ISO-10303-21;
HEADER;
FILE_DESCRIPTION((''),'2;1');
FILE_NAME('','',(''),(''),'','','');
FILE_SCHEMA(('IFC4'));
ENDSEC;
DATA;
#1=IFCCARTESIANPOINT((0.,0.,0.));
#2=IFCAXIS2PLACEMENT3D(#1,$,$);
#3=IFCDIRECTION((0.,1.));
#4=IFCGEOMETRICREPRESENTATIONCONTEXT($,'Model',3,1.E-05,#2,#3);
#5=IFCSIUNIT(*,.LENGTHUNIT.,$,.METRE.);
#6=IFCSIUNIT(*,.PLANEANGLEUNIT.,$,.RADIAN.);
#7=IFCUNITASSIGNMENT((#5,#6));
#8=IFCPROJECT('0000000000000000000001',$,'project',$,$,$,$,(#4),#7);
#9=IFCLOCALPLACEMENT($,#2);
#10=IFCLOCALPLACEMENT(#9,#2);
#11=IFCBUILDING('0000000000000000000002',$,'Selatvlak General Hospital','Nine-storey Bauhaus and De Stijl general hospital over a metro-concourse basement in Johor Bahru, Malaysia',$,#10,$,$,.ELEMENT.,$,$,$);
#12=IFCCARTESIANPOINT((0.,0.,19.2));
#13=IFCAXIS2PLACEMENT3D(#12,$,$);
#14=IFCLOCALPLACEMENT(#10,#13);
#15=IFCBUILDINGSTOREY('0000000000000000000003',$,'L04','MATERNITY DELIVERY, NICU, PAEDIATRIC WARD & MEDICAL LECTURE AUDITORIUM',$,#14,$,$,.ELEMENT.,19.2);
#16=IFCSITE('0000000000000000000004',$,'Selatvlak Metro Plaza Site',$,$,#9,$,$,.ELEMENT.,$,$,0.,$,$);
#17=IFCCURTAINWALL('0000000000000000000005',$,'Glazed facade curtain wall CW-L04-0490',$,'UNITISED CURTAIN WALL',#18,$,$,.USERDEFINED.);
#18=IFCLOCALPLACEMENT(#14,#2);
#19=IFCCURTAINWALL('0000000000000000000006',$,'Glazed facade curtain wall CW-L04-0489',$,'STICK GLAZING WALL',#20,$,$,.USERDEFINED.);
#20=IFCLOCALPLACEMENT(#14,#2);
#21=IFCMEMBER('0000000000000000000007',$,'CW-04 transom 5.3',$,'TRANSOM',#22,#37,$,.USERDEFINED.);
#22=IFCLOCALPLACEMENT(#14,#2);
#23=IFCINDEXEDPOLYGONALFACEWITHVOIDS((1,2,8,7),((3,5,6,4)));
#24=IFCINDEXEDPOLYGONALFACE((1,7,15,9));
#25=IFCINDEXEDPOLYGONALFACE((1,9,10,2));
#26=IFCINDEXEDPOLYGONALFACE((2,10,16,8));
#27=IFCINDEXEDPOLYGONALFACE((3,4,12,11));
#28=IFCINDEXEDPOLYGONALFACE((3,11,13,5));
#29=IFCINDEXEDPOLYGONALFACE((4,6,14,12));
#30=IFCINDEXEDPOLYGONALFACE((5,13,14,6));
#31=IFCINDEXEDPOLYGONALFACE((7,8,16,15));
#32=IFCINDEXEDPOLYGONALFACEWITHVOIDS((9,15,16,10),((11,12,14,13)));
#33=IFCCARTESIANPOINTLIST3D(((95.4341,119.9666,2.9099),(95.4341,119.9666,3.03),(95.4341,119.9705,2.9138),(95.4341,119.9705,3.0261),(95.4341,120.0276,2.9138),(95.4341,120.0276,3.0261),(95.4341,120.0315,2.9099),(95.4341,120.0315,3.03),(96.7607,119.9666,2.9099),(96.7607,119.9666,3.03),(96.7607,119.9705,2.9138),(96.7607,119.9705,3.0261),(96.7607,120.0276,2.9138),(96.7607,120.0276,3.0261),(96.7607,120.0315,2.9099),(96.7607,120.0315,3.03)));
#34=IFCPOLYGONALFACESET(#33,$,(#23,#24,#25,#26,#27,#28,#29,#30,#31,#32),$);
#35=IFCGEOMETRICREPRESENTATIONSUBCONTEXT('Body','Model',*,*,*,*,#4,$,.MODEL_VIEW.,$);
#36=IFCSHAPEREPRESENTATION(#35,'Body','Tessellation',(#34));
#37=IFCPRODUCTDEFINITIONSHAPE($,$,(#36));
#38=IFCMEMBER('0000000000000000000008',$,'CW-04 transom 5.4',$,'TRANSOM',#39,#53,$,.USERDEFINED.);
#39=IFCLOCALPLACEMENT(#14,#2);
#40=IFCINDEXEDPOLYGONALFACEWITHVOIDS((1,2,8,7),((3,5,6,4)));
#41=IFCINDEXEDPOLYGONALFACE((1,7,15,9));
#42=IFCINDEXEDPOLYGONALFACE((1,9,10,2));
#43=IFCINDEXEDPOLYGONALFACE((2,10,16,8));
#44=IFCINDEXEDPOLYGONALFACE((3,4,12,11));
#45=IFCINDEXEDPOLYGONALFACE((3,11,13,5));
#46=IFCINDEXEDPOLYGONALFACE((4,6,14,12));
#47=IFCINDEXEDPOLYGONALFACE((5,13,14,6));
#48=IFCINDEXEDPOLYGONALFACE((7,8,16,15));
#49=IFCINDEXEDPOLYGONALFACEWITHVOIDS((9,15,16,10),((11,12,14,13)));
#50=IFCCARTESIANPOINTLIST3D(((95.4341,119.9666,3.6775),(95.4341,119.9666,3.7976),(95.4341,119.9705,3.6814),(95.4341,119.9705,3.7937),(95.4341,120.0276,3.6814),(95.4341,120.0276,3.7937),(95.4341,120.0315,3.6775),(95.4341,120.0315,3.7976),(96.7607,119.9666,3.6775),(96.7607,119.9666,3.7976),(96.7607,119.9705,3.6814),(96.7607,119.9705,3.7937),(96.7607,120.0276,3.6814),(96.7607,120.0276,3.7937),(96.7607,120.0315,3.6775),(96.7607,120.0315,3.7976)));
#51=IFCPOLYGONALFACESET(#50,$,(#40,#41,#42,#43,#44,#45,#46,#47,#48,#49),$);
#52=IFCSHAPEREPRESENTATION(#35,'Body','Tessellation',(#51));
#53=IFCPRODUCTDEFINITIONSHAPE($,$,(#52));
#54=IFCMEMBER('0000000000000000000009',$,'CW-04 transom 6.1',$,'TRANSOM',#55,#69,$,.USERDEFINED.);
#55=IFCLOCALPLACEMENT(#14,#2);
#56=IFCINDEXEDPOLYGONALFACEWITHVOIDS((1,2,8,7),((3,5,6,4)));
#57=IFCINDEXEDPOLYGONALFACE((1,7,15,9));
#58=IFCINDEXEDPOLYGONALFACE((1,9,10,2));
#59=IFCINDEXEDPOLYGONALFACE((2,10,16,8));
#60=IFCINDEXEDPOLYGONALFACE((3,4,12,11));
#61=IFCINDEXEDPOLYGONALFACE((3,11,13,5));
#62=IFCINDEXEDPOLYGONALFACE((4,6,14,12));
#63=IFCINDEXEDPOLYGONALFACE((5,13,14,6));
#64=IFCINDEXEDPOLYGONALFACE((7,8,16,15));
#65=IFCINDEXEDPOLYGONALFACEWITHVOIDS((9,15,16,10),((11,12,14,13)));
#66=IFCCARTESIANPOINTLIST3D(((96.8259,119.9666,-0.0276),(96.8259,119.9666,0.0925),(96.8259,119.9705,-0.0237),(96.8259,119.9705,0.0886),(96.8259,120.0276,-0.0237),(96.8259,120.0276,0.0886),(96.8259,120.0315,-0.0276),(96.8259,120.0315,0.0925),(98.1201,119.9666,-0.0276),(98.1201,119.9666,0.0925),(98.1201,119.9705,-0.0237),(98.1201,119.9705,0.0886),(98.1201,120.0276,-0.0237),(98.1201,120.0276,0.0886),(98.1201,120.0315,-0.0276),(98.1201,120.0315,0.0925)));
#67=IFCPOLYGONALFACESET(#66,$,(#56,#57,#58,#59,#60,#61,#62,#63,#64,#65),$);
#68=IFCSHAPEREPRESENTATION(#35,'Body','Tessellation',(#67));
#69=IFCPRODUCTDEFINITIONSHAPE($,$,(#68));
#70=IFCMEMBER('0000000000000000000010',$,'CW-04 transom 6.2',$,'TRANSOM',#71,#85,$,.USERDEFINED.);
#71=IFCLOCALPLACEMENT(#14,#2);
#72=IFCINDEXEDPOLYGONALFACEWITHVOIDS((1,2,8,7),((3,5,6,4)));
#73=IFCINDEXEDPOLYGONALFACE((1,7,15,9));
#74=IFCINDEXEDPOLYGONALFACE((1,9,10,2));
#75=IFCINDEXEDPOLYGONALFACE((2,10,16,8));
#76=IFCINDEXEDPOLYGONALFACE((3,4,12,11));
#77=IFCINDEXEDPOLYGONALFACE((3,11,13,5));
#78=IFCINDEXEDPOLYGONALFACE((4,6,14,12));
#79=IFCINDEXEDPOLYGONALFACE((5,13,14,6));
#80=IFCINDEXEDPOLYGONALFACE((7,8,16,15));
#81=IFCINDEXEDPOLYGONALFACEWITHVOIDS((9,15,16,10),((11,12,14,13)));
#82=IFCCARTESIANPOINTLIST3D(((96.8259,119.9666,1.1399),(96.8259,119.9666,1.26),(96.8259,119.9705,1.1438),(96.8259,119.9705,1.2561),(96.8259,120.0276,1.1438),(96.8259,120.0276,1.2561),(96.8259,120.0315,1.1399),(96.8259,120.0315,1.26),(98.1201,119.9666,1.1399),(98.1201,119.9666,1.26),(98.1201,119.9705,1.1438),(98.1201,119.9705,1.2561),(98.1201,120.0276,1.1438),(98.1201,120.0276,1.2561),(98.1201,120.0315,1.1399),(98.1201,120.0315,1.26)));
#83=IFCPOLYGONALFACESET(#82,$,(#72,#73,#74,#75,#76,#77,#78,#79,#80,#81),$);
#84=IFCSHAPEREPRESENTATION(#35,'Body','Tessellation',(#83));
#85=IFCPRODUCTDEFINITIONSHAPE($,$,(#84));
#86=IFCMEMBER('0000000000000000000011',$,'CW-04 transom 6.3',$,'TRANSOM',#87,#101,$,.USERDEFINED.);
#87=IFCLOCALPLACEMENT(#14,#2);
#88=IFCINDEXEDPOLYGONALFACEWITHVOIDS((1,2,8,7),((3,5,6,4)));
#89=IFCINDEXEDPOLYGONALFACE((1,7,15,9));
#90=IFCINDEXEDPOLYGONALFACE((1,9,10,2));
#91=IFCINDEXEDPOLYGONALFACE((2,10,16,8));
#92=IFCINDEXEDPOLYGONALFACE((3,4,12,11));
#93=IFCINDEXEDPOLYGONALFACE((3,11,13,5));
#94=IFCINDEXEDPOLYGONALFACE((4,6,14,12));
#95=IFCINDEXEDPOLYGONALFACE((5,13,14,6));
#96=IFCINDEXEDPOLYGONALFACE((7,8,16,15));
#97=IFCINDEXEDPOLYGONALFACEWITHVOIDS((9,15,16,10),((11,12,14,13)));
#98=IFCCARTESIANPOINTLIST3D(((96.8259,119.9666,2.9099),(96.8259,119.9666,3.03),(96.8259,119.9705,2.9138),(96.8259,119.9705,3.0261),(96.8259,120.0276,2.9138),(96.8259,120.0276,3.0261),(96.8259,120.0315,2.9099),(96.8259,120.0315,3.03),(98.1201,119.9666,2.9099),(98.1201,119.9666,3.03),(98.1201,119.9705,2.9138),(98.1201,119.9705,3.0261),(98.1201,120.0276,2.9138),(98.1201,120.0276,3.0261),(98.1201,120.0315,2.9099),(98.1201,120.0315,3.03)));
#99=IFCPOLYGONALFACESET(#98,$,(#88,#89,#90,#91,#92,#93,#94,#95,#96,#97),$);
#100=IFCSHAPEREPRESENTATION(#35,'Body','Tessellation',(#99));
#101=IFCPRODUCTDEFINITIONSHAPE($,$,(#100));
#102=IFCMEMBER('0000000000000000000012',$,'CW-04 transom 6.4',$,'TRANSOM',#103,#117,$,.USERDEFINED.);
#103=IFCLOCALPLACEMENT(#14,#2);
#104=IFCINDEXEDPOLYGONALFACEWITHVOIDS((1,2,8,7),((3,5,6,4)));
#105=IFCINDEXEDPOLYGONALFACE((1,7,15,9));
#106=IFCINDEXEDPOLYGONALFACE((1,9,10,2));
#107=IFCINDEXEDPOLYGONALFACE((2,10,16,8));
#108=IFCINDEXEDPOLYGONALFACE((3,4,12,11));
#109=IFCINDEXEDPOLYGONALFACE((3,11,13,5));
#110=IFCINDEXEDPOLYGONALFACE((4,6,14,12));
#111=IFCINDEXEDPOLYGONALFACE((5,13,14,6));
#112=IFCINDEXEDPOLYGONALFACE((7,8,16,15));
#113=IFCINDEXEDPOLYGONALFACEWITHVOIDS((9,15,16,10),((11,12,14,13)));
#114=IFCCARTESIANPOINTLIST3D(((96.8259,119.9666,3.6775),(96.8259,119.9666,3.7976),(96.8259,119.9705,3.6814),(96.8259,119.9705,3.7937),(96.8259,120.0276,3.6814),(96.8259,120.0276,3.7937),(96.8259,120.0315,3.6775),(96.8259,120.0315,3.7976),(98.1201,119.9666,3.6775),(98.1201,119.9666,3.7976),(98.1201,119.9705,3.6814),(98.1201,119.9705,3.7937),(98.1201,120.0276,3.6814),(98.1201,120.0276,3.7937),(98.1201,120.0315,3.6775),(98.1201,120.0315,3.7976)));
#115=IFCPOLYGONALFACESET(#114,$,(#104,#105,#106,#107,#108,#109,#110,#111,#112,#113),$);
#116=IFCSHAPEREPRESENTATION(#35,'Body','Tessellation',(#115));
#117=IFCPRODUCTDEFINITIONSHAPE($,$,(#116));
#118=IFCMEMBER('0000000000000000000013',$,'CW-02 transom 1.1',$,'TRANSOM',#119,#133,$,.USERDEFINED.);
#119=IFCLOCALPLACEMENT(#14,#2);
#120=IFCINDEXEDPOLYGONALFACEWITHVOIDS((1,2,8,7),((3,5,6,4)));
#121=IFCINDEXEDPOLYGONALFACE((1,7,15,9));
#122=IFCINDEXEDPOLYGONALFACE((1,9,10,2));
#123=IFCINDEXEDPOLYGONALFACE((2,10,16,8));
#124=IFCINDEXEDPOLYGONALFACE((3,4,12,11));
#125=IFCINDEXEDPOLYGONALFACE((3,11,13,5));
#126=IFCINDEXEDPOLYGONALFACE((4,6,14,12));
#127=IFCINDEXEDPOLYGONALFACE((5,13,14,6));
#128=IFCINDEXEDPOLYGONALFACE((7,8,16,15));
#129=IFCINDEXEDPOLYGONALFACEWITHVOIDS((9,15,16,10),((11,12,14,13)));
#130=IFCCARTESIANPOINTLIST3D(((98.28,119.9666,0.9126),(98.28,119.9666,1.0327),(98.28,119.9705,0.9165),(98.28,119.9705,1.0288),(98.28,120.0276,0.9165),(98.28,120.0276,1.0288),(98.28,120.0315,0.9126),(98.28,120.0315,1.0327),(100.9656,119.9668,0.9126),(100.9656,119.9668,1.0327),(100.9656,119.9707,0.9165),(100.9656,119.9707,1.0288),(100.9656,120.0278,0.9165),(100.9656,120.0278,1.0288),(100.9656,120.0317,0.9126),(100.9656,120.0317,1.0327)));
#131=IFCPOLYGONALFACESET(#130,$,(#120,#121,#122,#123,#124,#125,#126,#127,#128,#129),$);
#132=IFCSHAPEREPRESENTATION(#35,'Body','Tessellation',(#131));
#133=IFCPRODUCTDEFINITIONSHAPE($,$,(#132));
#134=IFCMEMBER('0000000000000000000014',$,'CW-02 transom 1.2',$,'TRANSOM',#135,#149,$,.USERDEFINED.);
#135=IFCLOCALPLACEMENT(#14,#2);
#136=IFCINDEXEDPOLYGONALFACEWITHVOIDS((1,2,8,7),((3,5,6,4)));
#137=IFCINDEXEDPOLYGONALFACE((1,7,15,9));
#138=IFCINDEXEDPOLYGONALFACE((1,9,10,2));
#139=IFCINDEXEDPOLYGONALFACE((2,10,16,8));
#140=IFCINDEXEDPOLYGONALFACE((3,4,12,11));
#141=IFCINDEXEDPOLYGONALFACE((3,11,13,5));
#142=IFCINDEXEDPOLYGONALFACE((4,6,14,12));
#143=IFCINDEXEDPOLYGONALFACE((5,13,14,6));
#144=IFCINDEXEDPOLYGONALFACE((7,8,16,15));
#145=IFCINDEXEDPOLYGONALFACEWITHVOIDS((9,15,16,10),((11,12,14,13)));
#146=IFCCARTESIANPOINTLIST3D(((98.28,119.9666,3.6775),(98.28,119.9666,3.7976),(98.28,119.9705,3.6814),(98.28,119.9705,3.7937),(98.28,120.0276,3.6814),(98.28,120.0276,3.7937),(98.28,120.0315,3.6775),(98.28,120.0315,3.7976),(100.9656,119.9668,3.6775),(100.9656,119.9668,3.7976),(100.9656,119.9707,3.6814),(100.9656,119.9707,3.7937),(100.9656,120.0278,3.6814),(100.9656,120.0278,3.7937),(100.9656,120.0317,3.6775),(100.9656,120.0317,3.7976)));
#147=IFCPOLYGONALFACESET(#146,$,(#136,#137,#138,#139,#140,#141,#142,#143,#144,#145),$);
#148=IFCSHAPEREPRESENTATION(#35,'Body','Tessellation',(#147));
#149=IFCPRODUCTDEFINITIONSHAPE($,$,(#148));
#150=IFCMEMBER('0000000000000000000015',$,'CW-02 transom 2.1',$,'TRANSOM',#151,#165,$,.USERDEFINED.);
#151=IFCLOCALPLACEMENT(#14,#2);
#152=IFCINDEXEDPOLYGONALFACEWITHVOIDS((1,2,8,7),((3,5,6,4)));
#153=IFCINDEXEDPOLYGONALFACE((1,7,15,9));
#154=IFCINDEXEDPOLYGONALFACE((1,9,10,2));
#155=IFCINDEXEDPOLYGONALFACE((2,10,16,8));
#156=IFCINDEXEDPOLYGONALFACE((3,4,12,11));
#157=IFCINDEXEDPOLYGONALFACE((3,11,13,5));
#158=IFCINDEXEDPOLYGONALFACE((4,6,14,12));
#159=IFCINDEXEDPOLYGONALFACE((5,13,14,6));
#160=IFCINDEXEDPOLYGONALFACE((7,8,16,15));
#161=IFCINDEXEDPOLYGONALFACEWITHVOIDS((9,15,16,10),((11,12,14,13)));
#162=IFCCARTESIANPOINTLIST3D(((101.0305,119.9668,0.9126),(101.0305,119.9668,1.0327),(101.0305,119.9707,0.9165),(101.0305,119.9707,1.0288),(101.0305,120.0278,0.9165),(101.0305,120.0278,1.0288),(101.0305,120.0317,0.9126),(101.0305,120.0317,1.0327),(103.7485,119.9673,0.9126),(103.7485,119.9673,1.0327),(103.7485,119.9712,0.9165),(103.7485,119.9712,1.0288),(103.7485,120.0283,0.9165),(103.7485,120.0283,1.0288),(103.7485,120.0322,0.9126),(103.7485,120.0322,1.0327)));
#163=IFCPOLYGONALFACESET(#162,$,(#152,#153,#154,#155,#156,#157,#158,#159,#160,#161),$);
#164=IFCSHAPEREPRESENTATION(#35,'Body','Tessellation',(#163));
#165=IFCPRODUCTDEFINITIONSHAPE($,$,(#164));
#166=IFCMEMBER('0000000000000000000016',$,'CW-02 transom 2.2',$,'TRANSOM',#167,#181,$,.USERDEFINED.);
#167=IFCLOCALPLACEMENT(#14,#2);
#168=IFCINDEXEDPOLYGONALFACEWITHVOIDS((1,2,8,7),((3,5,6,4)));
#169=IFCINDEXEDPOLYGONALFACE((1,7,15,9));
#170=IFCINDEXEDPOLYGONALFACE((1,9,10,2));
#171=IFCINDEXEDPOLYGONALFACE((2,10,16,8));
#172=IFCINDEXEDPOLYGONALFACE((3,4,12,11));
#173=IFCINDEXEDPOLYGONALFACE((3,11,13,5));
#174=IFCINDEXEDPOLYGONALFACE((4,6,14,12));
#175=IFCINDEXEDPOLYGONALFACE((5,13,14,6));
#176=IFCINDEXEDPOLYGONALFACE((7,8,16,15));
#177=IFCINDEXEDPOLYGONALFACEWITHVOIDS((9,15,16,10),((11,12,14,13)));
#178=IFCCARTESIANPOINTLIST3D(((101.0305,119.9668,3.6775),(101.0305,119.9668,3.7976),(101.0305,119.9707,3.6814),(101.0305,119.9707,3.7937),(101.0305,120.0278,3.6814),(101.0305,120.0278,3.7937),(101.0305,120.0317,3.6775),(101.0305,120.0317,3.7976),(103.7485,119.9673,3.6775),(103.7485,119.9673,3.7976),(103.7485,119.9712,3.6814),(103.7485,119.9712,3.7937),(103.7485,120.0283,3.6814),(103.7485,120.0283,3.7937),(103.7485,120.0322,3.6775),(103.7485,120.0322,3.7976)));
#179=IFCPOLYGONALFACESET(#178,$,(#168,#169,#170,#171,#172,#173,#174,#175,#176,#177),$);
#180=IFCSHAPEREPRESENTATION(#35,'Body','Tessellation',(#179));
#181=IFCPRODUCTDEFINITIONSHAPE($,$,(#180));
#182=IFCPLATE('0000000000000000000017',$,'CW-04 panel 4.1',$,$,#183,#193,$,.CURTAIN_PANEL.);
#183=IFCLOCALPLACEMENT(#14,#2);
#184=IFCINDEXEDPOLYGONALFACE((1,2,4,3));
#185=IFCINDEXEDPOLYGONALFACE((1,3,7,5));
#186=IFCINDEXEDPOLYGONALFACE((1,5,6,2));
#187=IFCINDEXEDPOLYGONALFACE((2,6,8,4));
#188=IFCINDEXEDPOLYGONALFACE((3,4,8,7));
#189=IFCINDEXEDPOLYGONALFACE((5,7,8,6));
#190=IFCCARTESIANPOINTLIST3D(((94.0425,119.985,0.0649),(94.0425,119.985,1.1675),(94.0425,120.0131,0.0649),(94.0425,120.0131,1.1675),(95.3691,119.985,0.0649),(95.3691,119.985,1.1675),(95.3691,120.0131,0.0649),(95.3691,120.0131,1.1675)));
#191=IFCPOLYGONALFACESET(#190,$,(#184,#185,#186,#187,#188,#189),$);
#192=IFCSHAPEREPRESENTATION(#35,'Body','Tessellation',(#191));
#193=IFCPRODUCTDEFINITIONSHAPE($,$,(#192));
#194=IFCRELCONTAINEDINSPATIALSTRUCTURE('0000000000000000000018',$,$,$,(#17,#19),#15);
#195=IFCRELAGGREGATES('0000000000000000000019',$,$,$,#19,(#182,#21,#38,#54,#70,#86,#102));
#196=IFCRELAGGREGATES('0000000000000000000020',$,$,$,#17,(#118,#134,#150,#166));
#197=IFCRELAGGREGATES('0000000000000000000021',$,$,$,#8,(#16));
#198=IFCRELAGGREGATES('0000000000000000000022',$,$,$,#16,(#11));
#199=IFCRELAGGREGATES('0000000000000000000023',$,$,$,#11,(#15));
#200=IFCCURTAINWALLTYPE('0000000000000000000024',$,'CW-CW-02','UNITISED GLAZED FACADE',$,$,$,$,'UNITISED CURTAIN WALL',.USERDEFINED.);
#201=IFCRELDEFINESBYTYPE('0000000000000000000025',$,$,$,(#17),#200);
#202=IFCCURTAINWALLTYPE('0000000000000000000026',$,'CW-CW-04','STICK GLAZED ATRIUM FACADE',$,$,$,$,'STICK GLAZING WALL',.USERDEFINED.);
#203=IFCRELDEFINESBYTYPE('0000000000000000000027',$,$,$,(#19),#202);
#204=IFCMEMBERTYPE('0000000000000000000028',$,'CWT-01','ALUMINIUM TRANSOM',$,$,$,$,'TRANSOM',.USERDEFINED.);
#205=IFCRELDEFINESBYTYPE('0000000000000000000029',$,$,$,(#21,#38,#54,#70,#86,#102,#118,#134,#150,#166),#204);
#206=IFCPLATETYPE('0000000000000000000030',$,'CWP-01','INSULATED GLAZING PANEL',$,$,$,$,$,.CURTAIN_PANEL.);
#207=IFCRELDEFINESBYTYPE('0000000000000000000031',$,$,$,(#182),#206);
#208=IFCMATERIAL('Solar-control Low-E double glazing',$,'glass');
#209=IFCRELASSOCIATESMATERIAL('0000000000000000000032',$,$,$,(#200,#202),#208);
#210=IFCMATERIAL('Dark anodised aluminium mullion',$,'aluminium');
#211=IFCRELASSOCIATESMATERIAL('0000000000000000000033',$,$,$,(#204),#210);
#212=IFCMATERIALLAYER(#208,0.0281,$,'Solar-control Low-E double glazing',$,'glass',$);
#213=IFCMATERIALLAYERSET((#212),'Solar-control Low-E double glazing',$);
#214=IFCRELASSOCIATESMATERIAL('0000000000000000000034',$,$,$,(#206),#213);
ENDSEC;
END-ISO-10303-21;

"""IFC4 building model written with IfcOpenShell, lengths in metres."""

from ifc_helpers import new_model, si_unit, direction, frame, origin, origin_2d, place, context, subcontext, project, spatial, rectangle, hollow_rectangle, extrude, material, layer, layer_set, material_profile, profile_set, type_object, element, aggregate, save


model = new_model("IFC4")

# Units and contexts
model_context = context("Model", 3, precision=1e-05, world=origin(), true_north=direction((0.0, 1.0)))
body_context = subcontext(model_context, "Body", "Model", "MODEL_VIEW")
ifc_project = project(units=[si_unit("LENGTHUNIT", "METRE"), si_unit("PLANEANGLEUNIT", "RADIAN")], contexts=[model_context])

# Site, building, storey
site_placement = place(None, origin())
site = spatial("IfcSite", under=ifc_project, at=site_placement, Name="Selatvlak Metro Plaza Site", CompositionType="ELEMENT", RefElevation=0.0)
building_placement = place(site_placement, origin())
building = spatial("IfcBuilding", under=site, at=building_placement, Name="Selatvlak General Hospital", Description="Nine-storey Bauhaus and De Stijl general hospital over a metro-concourse basement in Johor Bahru, Malaysia", CompositionType="ELEMENT")
storey_placement = place(building_placement, frame((0.0, 0.0, 19.2)))
storey = spatial("IfcBuildingStorey", under=building, at=storey_placement, Name="L04", Description="MATERNITY DELIVERY, NICU, PAEDIATRIC WARD & MEDICAL LECTURE AUDITORIUM", CompositionType="ELEMENT", Elevation=19.2)

# Curtain walls, members
ifc_material_1 = material(Name="Solar-control Low-E double glazing", Category="glass")
curtain_wall_type_1 = type_object("IfcCurtainWallType", Name="CW-CW-02", Description="UNITISED GLAZED FACADE", ElementType="UNITISED CURTAIN WALL", PredefinedType="USERDEFINED", material=ifc_material_1)
curtain_wall_1_placement = place(storey_placement, origin())
curtain_wall_1 = element("IfcCurtainWall", 1, at=curtain_wall_1_placement, inside=storey, type_object=curtain_wall_type_1, Name="Glazed facade curtain wall CW-L04-0490", ObjectType="UNITISED CURTAIN WALL", PredefinedType="USERDEFINED")
ifc_material_2 = material(Name="Dark anodised aluminium mullion", Category="aluminium")
curtain_wall_type_2 = type_object("IfcCurtainWallType", Name="CW-CW-04", Description="STICK GLAZED ATRIUM FACADE", ElementType="STICK GLAZING WALL", PredefinedType="USERDEFINED", material=ifc_material_1)
curtain_wall_2_placement = place(storey_placement, origin())
curtain_wall_2 = element("IfcCurtainWall", 2, at=curtain_wall_2_placement, inside=storey, type_object=curtain_wall_type_2, Name="Glazed facade curtain wall CW-L04-0489", ObjectType="STICK GLAZING WALL", PredefinedType="USERDEFINED")
ifc_material_profile_1 = material_profile(ifc_material_2, hollow_rectangle(XDim=0.0649, YDim=0.1201, WallThickness=0.0039, at=origin_2d()), Name="AL-TRN 65x120x4")
ifc_profile_set_1 = profile_set([ifc_material_profile_1], Name="Dark anodised aluminium mullion")
member_type_1 = type_object("IfcMemberType", Name="CWT-01", Description="ALUMINIUM TRANSOM", ElementType="TRANSOM", PredefinedType="USERDEFINED", material=ifc_profile_set_1)
member_1_placement = place(storey_placement, frame((95.4341, 119.999, 2.97), z_axis=(1.0, 0.0, 0.0), x_axis=(0.0, 1.0, 0.0)))
member_1 = element("IfcMember", 3, at=member_1_placement, type_object=member_type_1, Name="CW-04 transom 5.3", ObjectType="TRANSOM", PredefinedType="USERDEFINED", context=body_context, shape_type="SweptSolid", body=[
    extrude(hollow_rectangle(XDim=0.0649, YDim=0.1201, WallThickness=0.0039, at=origin_2d()), origin(), (0.0, 0.0, 1.0), 1.3267),
])
member_2_placement = place(storey_placement, frame((95.4341, 119.999, 3.7375), z_axis=(1.0, 0.0, 0.0), x_axis=(0.0, 1.0, 0.0)))
member_2 = element("IfcMember", 4, at=member_2_placement, type_object=member_type_1, Name="CW-04 transom 5.4", ObjectType="TRANSOM", PredefinedType="USERDEFINED", context=body_context, shape_type="SweptSolid", body=[
    extrude(hollow_rectangle(XDim=0.0649, YDim=0.1201, WallThickness=0.0039, at=origin_2d()), origin(), (0.0, 0.0, 1.0), 1.3267),
])
member_3_placement = place(storey_placement, frame((96.8259, 119.999, 0.0325), z_axis=(1.0, 0.0, 0.0), x_axis=(0.0, 1.0, 0.0)))
member_3 = element("IfcMember", 5, at=member_3_placement, type_object=member_type_1, Name="CW-04 transom 6.1", ObjectType="TRANSOM", PredefinedType="USERDEFINED", context=body_context, shape_type="SweptSolid", body=[
    extrude(hollow_rectangle(XDim=0.0649, YDim=0.1201, WallThickness=0.0039, at=origin_2d()), origin(), (0.0, 0.0, 1.0), 1.2942),
])
member_4_placement = place(storey_placement, frame((96.8259, 119.999, 1.2), z_axis=(1.0, 0.0, 0.0), x_axis=(0.0, 1.0, 0.0)))
member_4 = element("IfcMember", 6, at=member_4_placement, type_object=member_type_1, Name="CW-04 transom 6.2", ObjectType="TRANSOM", PredefinedType="USERDEFINED", context=body_context, shape_type="SweptSolid", body=[
    extrude(hollow_rectangle(XDim=0.0649, YDim=0.1201, WallThickness=0.0039, at=origin_2d()), origin(), (0.0, 0.0, 1.0), 1.2942),
])
member_5_placement = place(storey_placement, frame((96.8259, 119.999, 2.97), z_axis=(1.0, 0.0, 0.0), x_axis=(0.0, 1.0, 0.0)))
member_5 = element("IfcMember", 7, at=member_5_placement, type_object=member_type_1, Name="CW-04 transom 6.3", ObjectType="TRANSOM", PredefinedType="USERDEFINED", context=body_context, shape_type="SweptSolid", body=[
    extrude(hollow_rectangle(XDim=0.0649, YDim=0.1201, WallThickness=0.0039, at=origin_2d()), origin(), (0.0, 0.0, 1.0), 1.2942),
])
member_6_placement = place(storey_placement, frame((96.8259, 119.999, 3.7375), z_axis=(1.0, 0.0, 0.0), x_axis=(0.0, 1.0, 0.0)))
member_6 = element("IfcMember", 8, at=member_6_placement, type_object=member_type_1, Name="CW-04 transom 6.4", ObjectType="TRANSOM", PredefinedType="USERDEFINED", context=body_context, shape_type="SweptSolid", body=[
    extrude(hollow_rectangle(XDim=0.0649, YDim=0.1201, WallThickness=0.0039, at=origin_2d()), origin(), (0.0, 0.0, 1.0), 1.2942),
])

# Members
member_7_placement = place(storey_placement, frame((98.28, 119.999, 0.9727), z_axis=(1.0, 0.000091, 0.0), x_axis=(-0.000091, 1.0, 0.0)))
member_7 = element("IfcMember", 9, at=member_7_placement, type_object=member_type_1, Name="CW-02 transom 1.1", ObjectType="TRANSOM", PredefinedType="USERDEFINED", context=body_context, shape_type="SweptSolid", body=[
    extrude(hollow_rectangle(XDim=0.0649, YDim=0.1201, WallThickness=0.0039, at=origin_2d()), origin(), (0.0, 0.0, 1.0), 2.6855),
])
member_8_placement = place(storey_placement, frame((98.28, 119.999, 3.7375), z_axis=(1.0, 0.000091, 0.0), x_axis=(-0.000091, 1.0, 0.0)))
member_8 = element("IfcMember", 10, at=member_8_placement, type_object=member_type_1, Name="CW-02 transom 1.2", ObjectType="TRANSOM", PredefinedType="USERDEFINED", context=body_context, shape_type="SweptSolid", body=[
    extrude(hollow_rectangle(XDim=0.0649, YDim=0.1201, WallThickness=0.0039, at=origin_2d()), origin(), (0.0, 0.0, 1.0), 2.6855),
])
member_9_placement = place(storey_placement, frame((101.0305, 119.9993, 0.9727), z_axis=(1.0, 0.00018, 0.0), x_axis=(-0.00018, 1.0, 0.0)))
member_9 = element("IfcMember", 11, at=member_9_placement, type_object=member_type_1, Name="CW-02 transom 2.1", ObjectType="TRANSOM", PredefinedType="USERDEFINED", context=body_context, shape_type="SweptSolid", body=[
    extrude(hollow_rectangle(XDim=0.0649, YDim=0.1201, WallThickness=0.0039, at=origin_2d()), origin(), (0.0, 0.0, 1.0), 2.718),
])
member_10_placement = place(storey_placement, frame((101.0305, 119.9993, 3.7375), z_axis=(1.0, 0.00018, 0.0), x_axis=(-0.00018, 1.0, 0.0)))
member_10 = element("IfcMember", 12, at=member_10_placement, type_object=member_type_1, Name="CW-02 transom 2.2", ObjectType="TRANSOM", PredefinedType="USERDEFINED", context=body_context, shape_type="SweptSolid", body=[
    extrude(hollow_rectangle(XDim=0.0649, YDim=0.1201, WallThickness=0.0039, at=origin_2d()), origin(), (0.0, 0.0, 1.0), 2.718),
])

# Plate
ifc_layer_1 = layer(ifc_material_1, 0.0281, Name="Solar-control Low-E double glazing", Category="glass")
ifc_layer_set_1 = layer_set([ifc_layer_1], Name="Solar-control Low-E double glazing")
plate_type = type_object("IfcPlateType", Name="CWP-01", Description="INSULATED GLAZING PANEL", PredefinedType="CURTAIN_PANEL", material=ifc_layer_set_1)
plate_1_placement = place(storey_placement, frame((94.7058, 119.999, 0.0649), z_axis=(0.0, 0.0, 1.0), x_axis=(1.0, 0.0, 0.0)))
plate_1 = element("IfcPlate", 13, at=plate_1_placement, type_object=plate_type, Name="CW-04 panel 4.1", PredefinedType="CURTAIN_PANEL", context=body_context, shape_type="SweptSolid", body=[
    extrude(rectangle(XDim=1.3267, YDim=0.0281, at=origin_2d()), origin(), (0.0, 0.0, 1.0), 1.1025),
])
aggregate(curtain_wall_2, [plate_1, member_1, member_2, member_3, member_4, member_5, member_6])
aggregate(curtain_wall_1, [member_7, member_8, member_9, member_10])

save(model, "model.ifc")
